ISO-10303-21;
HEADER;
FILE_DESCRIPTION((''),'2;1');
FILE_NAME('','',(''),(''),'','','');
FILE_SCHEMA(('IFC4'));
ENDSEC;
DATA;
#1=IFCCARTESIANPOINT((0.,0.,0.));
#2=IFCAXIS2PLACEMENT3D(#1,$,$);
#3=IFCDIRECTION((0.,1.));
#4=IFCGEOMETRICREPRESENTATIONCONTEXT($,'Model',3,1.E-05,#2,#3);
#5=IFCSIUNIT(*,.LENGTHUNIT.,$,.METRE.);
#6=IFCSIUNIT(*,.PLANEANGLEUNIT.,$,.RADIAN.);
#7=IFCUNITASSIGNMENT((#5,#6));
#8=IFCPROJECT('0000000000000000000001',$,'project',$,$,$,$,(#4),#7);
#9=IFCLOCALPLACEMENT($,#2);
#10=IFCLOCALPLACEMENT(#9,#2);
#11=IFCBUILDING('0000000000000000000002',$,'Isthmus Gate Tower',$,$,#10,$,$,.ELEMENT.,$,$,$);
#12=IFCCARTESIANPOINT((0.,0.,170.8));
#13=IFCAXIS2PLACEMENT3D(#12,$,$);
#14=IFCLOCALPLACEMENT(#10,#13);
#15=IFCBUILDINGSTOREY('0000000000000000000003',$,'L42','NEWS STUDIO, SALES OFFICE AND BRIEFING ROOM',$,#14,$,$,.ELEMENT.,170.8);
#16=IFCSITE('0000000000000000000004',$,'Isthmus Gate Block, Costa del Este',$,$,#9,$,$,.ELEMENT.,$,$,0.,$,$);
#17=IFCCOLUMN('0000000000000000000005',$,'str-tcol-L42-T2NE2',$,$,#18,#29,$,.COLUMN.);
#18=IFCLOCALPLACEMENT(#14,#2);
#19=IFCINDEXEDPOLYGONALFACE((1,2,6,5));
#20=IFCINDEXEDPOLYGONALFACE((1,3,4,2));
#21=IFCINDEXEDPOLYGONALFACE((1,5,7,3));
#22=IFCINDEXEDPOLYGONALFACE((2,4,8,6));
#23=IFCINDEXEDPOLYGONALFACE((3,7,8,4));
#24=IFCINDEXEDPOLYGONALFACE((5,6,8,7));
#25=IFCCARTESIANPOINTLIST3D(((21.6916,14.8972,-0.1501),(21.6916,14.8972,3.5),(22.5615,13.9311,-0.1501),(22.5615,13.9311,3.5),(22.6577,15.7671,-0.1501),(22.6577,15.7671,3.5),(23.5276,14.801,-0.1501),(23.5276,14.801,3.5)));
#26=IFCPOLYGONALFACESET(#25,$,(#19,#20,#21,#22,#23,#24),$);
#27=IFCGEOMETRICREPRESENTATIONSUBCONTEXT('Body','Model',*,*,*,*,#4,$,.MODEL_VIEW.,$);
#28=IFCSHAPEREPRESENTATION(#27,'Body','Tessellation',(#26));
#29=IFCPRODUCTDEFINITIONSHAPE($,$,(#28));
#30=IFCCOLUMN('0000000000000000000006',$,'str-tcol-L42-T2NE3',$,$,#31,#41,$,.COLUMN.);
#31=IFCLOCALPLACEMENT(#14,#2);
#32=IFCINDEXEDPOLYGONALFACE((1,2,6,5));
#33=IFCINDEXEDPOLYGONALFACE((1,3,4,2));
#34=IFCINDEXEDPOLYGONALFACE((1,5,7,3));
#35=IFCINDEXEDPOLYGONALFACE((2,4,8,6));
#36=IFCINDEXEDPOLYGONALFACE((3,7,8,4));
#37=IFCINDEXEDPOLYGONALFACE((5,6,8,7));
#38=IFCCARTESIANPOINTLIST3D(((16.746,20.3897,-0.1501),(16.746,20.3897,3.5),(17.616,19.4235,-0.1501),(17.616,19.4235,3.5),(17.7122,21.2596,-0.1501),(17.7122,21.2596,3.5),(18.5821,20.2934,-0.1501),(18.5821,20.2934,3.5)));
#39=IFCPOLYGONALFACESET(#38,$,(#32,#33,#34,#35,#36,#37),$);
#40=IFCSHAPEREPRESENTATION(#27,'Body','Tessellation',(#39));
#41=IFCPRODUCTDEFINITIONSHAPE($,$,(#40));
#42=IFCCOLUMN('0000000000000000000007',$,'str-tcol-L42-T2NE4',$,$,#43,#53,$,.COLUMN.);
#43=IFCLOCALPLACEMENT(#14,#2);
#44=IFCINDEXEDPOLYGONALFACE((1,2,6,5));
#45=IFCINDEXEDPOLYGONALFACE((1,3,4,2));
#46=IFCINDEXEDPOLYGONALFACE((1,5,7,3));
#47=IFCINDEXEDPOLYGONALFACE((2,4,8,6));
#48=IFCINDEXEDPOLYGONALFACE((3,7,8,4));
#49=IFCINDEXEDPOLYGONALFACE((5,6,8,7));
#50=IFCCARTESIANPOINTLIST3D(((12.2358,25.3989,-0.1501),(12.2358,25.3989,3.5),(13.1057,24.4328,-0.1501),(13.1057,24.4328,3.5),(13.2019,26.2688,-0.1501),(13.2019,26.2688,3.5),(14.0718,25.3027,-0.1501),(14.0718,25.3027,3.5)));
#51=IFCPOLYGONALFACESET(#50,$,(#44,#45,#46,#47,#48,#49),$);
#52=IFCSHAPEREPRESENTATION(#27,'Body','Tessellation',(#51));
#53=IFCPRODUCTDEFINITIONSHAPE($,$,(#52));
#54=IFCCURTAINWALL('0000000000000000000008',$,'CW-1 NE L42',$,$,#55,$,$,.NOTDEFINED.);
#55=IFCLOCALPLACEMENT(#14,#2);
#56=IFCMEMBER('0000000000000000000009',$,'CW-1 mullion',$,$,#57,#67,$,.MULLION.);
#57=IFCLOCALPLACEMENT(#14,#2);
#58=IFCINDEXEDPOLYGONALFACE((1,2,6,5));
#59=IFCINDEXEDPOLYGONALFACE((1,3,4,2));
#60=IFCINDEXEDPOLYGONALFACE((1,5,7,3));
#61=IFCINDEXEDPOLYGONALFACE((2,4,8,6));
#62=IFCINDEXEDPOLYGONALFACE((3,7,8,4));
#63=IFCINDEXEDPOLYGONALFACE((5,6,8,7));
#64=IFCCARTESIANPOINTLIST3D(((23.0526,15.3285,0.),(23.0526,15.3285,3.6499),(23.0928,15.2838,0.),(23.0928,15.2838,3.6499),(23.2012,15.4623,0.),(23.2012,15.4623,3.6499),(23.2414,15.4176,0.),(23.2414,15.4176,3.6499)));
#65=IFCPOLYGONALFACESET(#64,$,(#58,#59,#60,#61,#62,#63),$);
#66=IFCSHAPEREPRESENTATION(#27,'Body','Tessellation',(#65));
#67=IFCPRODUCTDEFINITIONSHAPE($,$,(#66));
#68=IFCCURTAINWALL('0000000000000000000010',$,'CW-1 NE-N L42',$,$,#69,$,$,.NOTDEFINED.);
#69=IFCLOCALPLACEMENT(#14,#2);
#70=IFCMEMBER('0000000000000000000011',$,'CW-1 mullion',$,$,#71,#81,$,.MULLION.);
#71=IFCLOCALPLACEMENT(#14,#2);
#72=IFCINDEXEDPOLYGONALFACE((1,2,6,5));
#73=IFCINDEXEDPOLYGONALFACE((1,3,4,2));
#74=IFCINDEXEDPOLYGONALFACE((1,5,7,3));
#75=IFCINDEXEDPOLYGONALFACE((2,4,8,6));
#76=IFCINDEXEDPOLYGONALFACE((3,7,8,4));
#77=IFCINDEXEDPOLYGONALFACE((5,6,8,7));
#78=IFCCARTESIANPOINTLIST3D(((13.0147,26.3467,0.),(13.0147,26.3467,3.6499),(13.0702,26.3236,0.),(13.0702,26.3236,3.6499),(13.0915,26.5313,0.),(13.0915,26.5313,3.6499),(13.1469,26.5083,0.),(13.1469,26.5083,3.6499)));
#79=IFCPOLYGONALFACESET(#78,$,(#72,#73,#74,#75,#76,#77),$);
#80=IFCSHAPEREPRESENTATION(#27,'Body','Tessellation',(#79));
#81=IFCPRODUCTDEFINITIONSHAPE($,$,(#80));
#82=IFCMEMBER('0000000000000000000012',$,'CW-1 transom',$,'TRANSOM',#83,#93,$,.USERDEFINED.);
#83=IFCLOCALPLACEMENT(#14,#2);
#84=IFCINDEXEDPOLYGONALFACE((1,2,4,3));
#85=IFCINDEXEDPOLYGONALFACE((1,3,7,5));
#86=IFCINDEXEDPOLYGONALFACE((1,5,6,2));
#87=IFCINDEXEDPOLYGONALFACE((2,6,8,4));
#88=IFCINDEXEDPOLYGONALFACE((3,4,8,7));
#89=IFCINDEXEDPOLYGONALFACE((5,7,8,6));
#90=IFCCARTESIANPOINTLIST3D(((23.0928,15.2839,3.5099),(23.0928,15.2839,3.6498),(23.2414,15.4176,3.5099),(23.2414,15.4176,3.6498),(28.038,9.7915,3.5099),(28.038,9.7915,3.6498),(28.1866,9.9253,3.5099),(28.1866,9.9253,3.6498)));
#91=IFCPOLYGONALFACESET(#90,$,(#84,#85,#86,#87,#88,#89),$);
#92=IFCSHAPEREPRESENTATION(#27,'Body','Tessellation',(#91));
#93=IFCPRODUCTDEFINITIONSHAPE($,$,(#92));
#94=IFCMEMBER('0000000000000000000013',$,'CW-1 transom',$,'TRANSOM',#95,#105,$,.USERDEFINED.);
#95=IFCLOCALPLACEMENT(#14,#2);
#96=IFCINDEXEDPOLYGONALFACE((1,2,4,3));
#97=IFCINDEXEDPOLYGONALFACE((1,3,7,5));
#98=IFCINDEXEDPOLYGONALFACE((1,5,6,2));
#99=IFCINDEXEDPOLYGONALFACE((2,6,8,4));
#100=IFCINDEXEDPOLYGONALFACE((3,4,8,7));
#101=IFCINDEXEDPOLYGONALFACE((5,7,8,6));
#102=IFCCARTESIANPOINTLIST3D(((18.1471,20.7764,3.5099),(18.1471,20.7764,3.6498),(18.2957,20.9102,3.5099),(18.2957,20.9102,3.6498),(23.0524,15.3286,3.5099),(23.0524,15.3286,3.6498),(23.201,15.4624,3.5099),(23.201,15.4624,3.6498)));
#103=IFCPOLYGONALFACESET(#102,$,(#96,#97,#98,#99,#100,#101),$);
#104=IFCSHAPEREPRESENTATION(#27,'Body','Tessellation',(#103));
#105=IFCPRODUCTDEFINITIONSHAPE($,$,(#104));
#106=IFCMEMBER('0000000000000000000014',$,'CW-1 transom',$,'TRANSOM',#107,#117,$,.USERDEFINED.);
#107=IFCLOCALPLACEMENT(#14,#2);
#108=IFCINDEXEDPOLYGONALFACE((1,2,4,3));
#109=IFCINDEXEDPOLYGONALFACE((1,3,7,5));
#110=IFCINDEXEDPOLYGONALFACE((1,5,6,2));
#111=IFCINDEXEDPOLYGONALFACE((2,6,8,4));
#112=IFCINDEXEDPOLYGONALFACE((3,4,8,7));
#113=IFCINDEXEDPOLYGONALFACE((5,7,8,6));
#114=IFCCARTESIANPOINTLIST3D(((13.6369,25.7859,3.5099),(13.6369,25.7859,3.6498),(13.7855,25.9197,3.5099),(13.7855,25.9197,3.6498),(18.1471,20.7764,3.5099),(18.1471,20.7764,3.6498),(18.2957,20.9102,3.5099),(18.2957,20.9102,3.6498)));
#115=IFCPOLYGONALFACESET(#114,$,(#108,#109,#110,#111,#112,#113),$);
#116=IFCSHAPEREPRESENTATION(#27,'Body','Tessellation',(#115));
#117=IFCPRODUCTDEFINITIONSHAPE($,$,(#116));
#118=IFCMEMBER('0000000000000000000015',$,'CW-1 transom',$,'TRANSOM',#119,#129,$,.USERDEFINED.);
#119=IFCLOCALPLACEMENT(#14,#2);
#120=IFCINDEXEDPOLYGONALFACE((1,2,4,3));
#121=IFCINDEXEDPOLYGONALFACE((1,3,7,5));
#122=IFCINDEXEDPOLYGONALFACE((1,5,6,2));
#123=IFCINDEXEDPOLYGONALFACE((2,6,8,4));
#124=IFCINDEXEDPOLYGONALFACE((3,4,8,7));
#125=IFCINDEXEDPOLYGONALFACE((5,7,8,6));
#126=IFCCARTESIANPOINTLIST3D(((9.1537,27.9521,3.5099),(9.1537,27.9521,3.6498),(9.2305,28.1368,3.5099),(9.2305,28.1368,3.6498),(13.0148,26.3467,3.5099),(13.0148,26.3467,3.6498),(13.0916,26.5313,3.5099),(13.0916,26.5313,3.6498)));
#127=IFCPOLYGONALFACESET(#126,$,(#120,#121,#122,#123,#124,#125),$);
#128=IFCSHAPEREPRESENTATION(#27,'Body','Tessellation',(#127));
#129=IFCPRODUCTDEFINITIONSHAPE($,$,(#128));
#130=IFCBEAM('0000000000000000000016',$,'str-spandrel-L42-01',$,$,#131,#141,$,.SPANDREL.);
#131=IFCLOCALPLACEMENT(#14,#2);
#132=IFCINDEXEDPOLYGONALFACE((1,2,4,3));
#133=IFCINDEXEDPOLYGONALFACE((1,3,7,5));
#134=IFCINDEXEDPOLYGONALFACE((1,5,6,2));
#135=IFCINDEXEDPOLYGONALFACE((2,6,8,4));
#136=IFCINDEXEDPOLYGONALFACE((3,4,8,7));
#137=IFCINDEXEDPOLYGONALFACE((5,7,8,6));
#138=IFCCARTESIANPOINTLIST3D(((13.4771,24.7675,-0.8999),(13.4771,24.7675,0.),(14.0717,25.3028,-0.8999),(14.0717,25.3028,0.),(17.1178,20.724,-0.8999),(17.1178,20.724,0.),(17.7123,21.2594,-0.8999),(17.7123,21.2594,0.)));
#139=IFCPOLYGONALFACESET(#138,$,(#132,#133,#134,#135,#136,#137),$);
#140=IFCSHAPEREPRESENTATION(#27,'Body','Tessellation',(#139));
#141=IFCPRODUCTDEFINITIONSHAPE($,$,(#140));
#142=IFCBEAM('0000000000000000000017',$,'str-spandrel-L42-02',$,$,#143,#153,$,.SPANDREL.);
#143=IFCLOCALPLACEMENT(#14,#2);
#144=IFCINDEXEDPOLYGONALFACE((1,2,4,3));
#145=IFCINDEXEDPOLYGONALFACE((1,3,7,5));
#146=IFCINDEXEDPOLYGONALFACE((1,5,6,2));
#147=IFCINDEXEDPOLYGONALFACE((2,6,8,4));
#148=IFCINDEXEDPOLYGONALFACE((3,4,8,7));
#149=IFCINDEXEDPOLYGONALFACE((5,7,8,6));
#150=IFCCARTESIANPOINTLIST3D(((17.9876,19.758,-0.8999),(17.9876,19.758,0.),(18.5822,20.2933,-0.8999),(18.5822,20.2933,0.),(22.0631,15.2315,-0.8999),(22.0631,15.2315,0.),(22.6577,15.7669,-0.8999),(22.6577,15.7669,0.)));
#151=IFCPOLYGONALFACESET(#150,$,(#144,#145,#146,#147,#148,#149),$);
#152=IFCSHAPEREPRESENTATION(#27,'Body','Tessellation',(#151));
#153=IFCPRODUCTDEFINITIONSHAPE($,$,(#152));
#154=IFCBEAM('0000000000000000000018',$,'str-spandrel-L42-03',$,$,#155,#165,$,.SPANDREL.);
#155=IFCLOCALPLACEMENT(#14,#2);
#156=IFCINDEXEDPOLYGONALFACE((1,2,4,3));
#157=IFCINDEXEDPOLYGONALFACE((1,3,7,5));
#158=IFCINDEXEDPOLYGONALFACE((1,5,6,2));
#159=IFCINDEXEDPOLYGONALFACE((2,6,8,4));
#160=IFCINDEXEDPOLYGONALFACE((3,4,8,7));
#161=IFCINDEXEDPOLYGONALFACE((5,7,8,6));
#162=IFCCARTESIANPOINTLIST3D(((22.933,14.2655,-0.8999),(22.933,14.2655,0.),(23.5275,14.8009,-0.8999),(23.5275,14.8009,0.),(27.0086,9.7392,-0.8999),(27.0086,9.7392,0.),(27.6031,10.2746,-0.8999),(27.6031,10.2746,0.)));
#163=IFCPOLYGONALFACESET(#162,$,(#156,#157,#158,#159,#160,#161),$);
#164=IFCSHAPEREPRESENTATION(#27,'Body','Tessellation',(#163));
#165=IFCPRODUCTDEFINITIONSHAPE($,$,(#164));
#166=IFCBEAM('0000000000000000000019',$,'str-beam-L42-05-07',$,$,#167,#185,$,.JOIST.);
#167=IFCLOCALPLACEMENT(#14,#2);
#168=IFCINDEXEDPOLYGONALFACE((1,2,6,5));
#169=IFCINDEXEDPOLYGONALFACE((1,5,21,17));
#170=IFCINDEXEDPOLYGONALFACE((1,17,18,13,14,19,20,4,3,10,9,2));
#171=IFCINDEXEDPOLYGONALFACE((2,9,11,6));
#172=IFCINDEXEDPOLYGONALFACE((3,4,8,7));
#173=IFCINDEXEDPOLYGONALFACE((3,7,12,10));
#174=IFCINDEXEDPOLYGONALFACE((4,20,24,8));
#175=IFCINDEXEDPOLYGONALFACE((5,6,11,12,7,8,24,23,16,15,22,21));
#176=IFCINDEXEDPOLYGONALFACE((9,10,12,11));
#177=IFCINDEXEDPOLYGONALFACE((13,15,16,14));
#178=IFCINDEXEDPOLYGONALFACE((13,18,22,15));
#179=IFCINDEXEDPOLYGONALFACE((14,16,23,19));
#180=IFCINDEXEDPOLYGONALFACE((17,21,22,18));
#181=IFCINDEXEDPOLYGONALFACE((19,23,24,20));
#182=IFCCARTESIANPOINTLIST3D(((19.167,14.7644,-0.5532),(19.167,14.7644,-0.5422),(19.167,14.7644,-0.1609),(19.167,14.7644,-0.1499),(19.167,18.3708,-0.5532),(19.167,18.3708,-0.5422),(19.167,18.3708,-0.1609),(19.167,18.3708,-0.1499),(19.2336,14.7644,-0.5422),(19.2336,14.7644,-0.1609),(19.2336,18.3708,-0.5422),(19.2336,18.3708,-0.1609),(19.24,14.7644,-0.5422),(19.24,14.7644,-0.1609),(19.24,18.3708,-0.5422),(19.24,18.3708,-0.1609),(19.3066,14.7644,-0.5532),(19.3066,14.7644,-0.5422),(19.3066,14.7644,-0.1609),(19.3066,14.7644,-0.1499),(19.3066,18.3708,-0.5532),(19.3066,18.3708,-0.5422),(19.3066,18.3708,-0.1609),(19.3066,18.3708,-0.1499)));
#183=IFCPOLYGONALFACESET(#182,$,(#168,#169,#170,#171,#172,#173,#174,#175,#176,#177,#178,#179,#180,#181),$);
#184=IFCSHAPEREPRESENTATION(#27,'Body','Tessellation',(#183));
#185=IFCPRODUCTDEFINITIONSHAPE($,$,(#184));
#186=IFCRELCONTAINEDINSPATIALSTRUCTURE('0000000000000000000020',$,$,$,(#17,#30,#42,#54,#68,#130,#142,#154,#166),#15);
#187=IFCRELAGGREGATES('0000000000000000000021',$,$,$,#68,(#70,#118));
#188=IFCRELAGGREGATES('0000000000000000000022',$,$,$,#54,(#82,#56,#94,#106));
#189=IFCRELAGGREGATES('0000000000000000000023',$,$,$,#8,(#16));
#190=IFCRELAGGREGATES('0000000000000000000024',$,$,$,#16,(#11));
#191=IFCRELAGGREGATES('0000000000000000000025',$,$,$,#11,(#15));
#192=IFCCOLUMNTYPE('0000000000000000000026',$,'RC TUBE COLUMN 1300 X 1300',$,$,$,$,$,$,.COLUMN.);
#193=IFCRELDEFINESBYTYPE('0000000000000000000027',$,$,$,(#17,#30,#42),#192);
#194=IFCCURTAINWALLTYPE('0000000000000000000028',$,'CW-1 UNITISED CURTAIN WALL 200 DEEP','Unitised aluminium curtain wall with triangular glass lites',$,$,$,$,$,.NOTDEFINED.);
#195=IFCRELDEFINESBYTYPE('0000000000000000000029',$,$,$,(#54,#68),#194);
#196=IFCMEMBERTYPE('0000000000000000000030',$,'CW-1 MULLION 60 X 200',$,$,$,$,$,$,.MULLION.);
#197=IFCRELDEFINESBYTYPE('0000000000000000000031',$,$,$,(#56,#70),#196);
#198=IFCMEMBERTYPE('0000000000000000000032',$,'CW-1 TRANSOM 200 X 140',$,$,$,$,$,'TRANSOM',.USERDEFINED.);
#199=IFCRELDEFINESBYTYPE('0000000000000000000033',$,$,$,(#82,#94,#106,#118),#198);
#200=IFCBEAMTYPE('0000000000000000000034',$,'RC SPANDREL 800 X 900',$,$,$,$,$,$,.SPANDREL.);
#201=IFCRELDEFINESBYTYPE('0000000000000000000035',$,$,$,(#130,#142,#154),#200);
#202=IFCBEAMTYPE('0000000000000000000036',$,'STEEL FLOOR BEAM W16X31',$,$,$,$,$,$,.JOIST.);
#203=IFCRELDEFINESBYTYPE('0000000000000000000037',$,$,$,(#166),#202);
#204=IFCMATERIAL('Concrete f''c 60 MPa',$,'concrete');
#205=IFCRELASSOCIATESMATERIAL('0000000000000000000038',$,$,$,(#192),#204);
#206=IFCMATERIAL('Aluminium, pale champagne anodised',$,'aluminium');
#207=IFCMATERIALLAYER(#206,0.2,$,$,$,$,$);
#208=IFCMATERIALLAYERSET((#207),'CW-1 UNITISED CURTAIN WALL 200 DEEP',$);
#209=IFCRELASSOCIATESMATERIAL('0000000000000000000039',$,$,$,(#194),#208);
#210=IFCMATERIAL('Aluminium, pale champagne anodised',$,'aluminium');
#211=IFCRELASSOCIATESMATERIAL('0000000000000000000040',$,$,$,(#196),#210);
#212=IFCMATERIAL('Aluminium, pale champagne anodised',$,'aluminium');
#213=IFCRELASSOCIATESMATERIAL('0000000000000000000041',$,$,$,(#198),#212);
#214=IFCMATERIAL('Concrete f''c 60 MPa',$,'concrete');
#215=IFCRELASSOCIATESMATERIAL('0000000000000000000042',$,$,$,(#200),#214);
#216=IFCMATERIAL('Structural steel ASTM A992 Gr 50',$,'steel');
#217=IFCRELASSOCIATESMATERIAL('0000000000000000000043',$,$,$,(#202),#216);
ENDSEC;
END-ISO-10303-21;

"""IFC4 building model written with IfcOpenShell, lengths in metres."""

from ifc_helpers import new_model, si_unit, direction, frame, origin, origin_2d, place, context, subcontext, project, spatial, rectangle, i_section, extrude, material, layer, layer_set, material_profile, profile_set, type_object, element, aggregate, save


model = new_model("IFC4")

# Units and contexts
model_context = context("Model", 3, precision=1e-05, world=origin(), true_north=direction((0.0, 1.0)))
body_context = subcontext(model_context, "Body", "Model", "MODEL_VIEW")
ifc_project = project(units=[si_unit("LENGTHUNIT", "METRE"), si_unit("PLANEANGLEUNIT", "RADIAN")], contexts=[model_context])

# Site, building, storey
site_placement = place(None, origin())
site = spatial("IfcSite", under=ifc_project, at=site_placement, Name="Isthmus Gate Block, Costa del Este", CompositionType="ELEMENT", RefElevation=0.0)
building_placement = place(site_placement, origin())
building = spatial("IfcBuilding", under=site, at=building_placement, Name="Isthmus Gate Tower", CompositionType="ELEMENT")
storey_placement = place(building_placement, frame((0.0, 0.0, 170.8)))
storey = spatial("IfcBuildingStorey", under=building, at=storey_placement, Name="L42", Description="NEWS STUDIO, SALES OFFICE AND BRIEFING ROOM", CompositionType="ELEMENT", Elevation=170.8)

# Columns
ifc_material_1 = material(Name="Concrete f'c 60 MPa", Category="concrete")
ifc_material_profile_1 = material_profile(ifc_material_1, rectangle(XDim=1.3, YDim=1.3, at=origin_2d()), Name="RC 1300X1300")
ifc_profile_set_1 = profile_set([ifc_material_profile_1], Name="Concrete f'c 60 MPa")
column_type = type_object("IfcColumnType", Name="RC TUBE COLUMN 1300 X 1300", PredefinedType="COLUMN", material=ifc_profile_set_1)
for number, where, z_axis, x_axis, name in (
    (1, (22.6096, 14.8491, -0.1501), (0.0, 0.0, 1.0), (-0.669131, 0.743145, 0.0), "str-tcol-L42-T2NE2"),
    (2, (17.6641, 20.3416, -0.1501), (0.0, 0.0, 1.0), (-0.669131, 0.743145, 0.0), "str-tcol-L42-T2NE3"),
    (3, (13.1538, 25.3508, -0.1501), (0.0, 0.0, 1.0), (-0.669131, 0.743145, 0.0), "str-tcol-L42-T2NE4"),
):
    element("IfcColumn", number, at=place(storey_placement, frame(where, z_axis=z_axis, x_axis=x_axis)), inside=storey, type_object=column_type, Name=name, PredefinedType="COLUMN", context=body_context, shape_type="SweptSolid", body=[
        extrude(rectangle(XDim=1.3, YDim=1.3, at=origin_2d()), origin(), (0.0, 0.0, 1.0), 3.6501),
    ])

# Curtain walls, members
ifc_material_2 = material(Name="Aluminium, pale champagne anodised", Category="aluminium")
ifc_layer_1 = layer(ifc_material_2, 0.2)
ifc_layer_set_1 = layer_set([ifc_layer_1], Name="CW-1 UNITISED CURTAIN WALL 200 DEEP")
curtain_wall_type = type_object("IfcCurtainWallType", Name="CW-1 UNITISED CURTAIN WALL 200 DEEP", Description="Unitised aluminium curtain wall with triangular glass lites", PredefinedType="NOTDEFINED", material=ifc_layer_set_1)
curtain_wall_1_placement = place(storey_placement, origin())
curtain_wall_1 = element("IfcCurtainWall", 4, at=curtain_wall_1_placement, inside=storey, type_object=curtain_wall_type, Name="CW-1 NE L42", PredefinedType="NOTDEFINED")
ifc_material_3 = material(Name="Aluminium, pale champagne anodised", Category="aluminium")
ifc_material_profile_2 = material_profile(ifc_material_3, rectangle(XDim=0.0601, YDim=0.2, at=origin_2d()), Name="60x200")
ifc_profile_set_2 = profile_set([ifc_material_profile_2], Name="Aluminium, pale champagne anodised")
member_type_1 = type_object("IfcMemberType", Name="CW-1 MULLION 60 X 200", PredefinedType="MULLION", material=ifc_profile_set_2)
member_1_placement = place(storey_placement, frame((23.147, 15.373, 0.0), z_axis=(0.0, 0.0, 1.0), x_axis=(-0.669131, 0.743145, 0.0)))
member_1 = element("IfcMember", 5, at=member_1_placement, type_object=member_type_1, Name="CW-1 mullion", PredefinedType="MULLION", context=body_context, shape_type="SweptSolid", body=[
    extrude(rectangle(XDim=0.0601, YDim=0.2, at=origin_2d()), origin(), (0.0, 0.0, 1.0), 3.6499),
])
curtain_wall_2_placement = place(storey_placement, origin())
curtain_wall_2 = element("IfcCurtainWall", 6, at=curtain_wall_2_placement, inside=storey, type_object=curtain_wall_type, Name="CW-1 NE-N L42", PredefinedType="NOTDEFINED")
member_2_placement = place(storey_placement, frame((13.0808, 26.4275, 0.0), z_axis=(0.0, 0.0, 1.0), x_axis=(-0.923353, 0.383952, 0.0)))
member_2 = element("IfcMember", 7, at=member_2_placement, type_object=member_type_1, Name="CW-1 mullion", PredefinedType="MULLION", context=body_context, shape_type="SweptSolid", body=[
    extrude(rectangle(XDim=0.0601, YDim=0.2, at=origin_2d()), origin(), (0.0, 0.0, 1.0), 3.6499),
])

# Members
ifc_material_4 = material(Name="Aluminium, pale champagne anodised", Category="aluminium")
ifc_material_profile_3 = material_profile(ifc_material_4, rectangle(XDim=0.2, YDim=0.1399, at=origin_2d()), Name="200x140")
ifc_profile_set_3 = profile_set([ifc_material_profile_3], Name="Aluminium, pale champagne anodised")
member_type_2 = type_object("IfcMemberType", Name="CW-1 TRANSOM 200 X 140", ElementType="TRANSOM", PredefinedType="USERDEFINED", material=ifc_profile_set_3)
member_3_placement = place(storey_placement, frame((28.1123, 9.8584, 3.5798), z_axis=(-0.669123, 0.743151, 0.0), x_axis=(-0.743151, -0.669123, 0.0)))
member_3 = element("IfcMember", 8, at=member_3_placement, type_object=member_type_2, Name="CW-1 transom", ObjectType="TRANSOM", PredefinedType="USERDEFINED", context=body_context, shape_type="SweptSolid", body=[
    extrude(rectangle(XDim=0.2, YDim=0.1399, at=origin_2d()), origin(), (0.0, 0.0, 1.0), 7.3906),
])
member_4_placement = place(storey_placement, frame((23.1267, 15.3955, 3.5798), z_axis=(-0.669138, 0.743138, 0.0), x_axis=(-0.743138, -0.669138, 0.0)))
member_4 = element("IfcMember", 9, at=member_4_placement, type_object=member_type_2, Name="CW-1 transom", ObjectType="TRANSOM", PredefinedType="USERDEFINED", context=body_context, shape_type="SweptSolid", body=[
    extrude(rectangle(XDim=0.2, YDim=0.1399, at=origin_2d()), origin(), (0.0, 0.0, 1.0), 7.3308),
])
member_5_placement = place(storey_placement, frame((18.2214, 20.8433, 3.5798), z_axis=(-0.669103, 0.74317, 0.0), x_axis=(-0.74317, -0.669103, 0.0)))
member_5 = element("IfcMember", 10, at=member_5_placement, type_object=member_type_2, Name="CW-1 transom", ObjectType="TRANSOM", PredefinedType="USERDEFINED", context=body_context, shape_type="SweptSolid", body=[
    extrude(rectangle(XDim=0.2, YDim=0.1399, at=origin_2d()), origin(), (0.0, 0.0, 1.0), 6.7407),
])
member_6_placement = place(storey_placement, frame((13.0532, 26.439, 3.5798), z_axis=(-0.923358, 0.38394, 0.0), x_axis=(-0.38394, -0.923358, 0.0)))
member_6 = element("IfcMember", 11, at=member_6_placement, type_object=member_type_2, Name="CW-1 transom", ObjectType="TRANSOM", PredefinedType="USERDEFINED", context=body_context, shape_type="SweptSolid", body=[
    extrude(rectangle(XDim=0.2, YDim=0.1399, at=origin_2d()), origin(), (0.0, 0.0, 1.0), 4.1816),
])
aggregate(curtain_wall_2, [member_2, member_6])

# Beams
ifc_material_5 = material(Name="Concrete f'c 60 MPa", Category="concrete")
ifc_material_profile_4 = material_profile(ifc_material_5, rectangle(XDim=0.8, YDim=0.8999, at=origin_2d()), Name="RC 800X900")
ifc_profile_set_4 = profile_set([ifc_material_profile_4], Name="Concrete f'c 60 MPa")
beam_type_1 = type_object("IfcBeamType", Name="RC SPANDREL 800 X 900", PredefinedType="SPANDREL", material=ifc_profile_set_4)
beam_1_placement = place(storey_placement, frame((13.7744, 25.0352, -0.45), z_axis=(0.669118, -0.743156, 0.0), x_axis=(0.743156, 0.669118, 0.0)))
element("IfcBeam", 12, at=beam_1_placement, inside=storey, type_object=beam_type_1, Name="str-spandrel-L42-01", PredefinedType="SPANDREL", context=body_context, shape_type="SweptSolid", body=[
    extrude(rectangle(XDim=0.8, YDim=0.8999, at=origin_2d()), origin(), (0.0, 0.0, 1.0), 5.4409),
])
for number, where, z_axis, x_axis, name in (
    (13, (18.2849, 20.0256, -0.45), (0.66912, -0.743155, 0.0), (0.743155, 0.66912, 0.0), "str-spandrel-L42-02"),
    (14, (23.2302, 14.5332, -0.45), (0.669142, -0.743135, 0.0), (0.743135, 0.669142, 0.0), "str-spandrel-L42-03"),
):
    element("IfcBeam", number, at=place(storey_placement, frame(where, z_axis=z_axis, x_axis=x_axis)), inside=storey, type_object=beam_type_1, Name=name, PredefinedType="SPANDREL", context=body_context, shape_type="SweptSolid", body=[
        extrude(rectangle(XDim=0.8, YDim=0.8999, at=origin_2d()), origin(), (0.0, 0.0, 1.0), 6.0908),
    ])
ifc_material_6 = material(Name="Structural steel ASTM A992 Gr 50", Category="steel")
ifc_material_profile_5 = material_profile(ifc_material_6, i_section(OverallWidth=0.1396, OverallDepth=0.4033, WebThickness=0.0063, FlangeThickness=0.011, at=origin_2d()), Name="W16X31")
ifc_profile_set_5 = profile_set([ifc_material_profile_5], Name="Structural steel ASTM A992 Gr 50")
beam_type_2 = type_object("IfcBeamType", Name="STEEL FLOOR BEAM W16X31", PredefinedType="JOIST", material=ifc_profile_set_5)
beam_2_placement = place(storey_placement, frame((19.2368, 14.7644, -0.3516), z_axis=(0.0, 1.0, 0.0), x_axis=(-1.0, 0.0, 0.0)))
element("IfcBeam", 15, at=beam_2_placement, inside=storey, type_object=beam_type_2, Name="str-beam-L42-05-07", PredefinedType="JOIST", context=body_context, shape_type="SweptSolid", body=[
    extrude(i_section(OverallWidth=0.1396, OverallDepth=0.4033, WebThickness=0.0063, FlangeThickness=0.011, at=origin_2d()), origin(), (0.0, 0.0, 1.0), 3.6064),
])

aggregate(curtain_wall_1, [member_3, member_1, member_4, member_5])

save(model, "model.ifc")
